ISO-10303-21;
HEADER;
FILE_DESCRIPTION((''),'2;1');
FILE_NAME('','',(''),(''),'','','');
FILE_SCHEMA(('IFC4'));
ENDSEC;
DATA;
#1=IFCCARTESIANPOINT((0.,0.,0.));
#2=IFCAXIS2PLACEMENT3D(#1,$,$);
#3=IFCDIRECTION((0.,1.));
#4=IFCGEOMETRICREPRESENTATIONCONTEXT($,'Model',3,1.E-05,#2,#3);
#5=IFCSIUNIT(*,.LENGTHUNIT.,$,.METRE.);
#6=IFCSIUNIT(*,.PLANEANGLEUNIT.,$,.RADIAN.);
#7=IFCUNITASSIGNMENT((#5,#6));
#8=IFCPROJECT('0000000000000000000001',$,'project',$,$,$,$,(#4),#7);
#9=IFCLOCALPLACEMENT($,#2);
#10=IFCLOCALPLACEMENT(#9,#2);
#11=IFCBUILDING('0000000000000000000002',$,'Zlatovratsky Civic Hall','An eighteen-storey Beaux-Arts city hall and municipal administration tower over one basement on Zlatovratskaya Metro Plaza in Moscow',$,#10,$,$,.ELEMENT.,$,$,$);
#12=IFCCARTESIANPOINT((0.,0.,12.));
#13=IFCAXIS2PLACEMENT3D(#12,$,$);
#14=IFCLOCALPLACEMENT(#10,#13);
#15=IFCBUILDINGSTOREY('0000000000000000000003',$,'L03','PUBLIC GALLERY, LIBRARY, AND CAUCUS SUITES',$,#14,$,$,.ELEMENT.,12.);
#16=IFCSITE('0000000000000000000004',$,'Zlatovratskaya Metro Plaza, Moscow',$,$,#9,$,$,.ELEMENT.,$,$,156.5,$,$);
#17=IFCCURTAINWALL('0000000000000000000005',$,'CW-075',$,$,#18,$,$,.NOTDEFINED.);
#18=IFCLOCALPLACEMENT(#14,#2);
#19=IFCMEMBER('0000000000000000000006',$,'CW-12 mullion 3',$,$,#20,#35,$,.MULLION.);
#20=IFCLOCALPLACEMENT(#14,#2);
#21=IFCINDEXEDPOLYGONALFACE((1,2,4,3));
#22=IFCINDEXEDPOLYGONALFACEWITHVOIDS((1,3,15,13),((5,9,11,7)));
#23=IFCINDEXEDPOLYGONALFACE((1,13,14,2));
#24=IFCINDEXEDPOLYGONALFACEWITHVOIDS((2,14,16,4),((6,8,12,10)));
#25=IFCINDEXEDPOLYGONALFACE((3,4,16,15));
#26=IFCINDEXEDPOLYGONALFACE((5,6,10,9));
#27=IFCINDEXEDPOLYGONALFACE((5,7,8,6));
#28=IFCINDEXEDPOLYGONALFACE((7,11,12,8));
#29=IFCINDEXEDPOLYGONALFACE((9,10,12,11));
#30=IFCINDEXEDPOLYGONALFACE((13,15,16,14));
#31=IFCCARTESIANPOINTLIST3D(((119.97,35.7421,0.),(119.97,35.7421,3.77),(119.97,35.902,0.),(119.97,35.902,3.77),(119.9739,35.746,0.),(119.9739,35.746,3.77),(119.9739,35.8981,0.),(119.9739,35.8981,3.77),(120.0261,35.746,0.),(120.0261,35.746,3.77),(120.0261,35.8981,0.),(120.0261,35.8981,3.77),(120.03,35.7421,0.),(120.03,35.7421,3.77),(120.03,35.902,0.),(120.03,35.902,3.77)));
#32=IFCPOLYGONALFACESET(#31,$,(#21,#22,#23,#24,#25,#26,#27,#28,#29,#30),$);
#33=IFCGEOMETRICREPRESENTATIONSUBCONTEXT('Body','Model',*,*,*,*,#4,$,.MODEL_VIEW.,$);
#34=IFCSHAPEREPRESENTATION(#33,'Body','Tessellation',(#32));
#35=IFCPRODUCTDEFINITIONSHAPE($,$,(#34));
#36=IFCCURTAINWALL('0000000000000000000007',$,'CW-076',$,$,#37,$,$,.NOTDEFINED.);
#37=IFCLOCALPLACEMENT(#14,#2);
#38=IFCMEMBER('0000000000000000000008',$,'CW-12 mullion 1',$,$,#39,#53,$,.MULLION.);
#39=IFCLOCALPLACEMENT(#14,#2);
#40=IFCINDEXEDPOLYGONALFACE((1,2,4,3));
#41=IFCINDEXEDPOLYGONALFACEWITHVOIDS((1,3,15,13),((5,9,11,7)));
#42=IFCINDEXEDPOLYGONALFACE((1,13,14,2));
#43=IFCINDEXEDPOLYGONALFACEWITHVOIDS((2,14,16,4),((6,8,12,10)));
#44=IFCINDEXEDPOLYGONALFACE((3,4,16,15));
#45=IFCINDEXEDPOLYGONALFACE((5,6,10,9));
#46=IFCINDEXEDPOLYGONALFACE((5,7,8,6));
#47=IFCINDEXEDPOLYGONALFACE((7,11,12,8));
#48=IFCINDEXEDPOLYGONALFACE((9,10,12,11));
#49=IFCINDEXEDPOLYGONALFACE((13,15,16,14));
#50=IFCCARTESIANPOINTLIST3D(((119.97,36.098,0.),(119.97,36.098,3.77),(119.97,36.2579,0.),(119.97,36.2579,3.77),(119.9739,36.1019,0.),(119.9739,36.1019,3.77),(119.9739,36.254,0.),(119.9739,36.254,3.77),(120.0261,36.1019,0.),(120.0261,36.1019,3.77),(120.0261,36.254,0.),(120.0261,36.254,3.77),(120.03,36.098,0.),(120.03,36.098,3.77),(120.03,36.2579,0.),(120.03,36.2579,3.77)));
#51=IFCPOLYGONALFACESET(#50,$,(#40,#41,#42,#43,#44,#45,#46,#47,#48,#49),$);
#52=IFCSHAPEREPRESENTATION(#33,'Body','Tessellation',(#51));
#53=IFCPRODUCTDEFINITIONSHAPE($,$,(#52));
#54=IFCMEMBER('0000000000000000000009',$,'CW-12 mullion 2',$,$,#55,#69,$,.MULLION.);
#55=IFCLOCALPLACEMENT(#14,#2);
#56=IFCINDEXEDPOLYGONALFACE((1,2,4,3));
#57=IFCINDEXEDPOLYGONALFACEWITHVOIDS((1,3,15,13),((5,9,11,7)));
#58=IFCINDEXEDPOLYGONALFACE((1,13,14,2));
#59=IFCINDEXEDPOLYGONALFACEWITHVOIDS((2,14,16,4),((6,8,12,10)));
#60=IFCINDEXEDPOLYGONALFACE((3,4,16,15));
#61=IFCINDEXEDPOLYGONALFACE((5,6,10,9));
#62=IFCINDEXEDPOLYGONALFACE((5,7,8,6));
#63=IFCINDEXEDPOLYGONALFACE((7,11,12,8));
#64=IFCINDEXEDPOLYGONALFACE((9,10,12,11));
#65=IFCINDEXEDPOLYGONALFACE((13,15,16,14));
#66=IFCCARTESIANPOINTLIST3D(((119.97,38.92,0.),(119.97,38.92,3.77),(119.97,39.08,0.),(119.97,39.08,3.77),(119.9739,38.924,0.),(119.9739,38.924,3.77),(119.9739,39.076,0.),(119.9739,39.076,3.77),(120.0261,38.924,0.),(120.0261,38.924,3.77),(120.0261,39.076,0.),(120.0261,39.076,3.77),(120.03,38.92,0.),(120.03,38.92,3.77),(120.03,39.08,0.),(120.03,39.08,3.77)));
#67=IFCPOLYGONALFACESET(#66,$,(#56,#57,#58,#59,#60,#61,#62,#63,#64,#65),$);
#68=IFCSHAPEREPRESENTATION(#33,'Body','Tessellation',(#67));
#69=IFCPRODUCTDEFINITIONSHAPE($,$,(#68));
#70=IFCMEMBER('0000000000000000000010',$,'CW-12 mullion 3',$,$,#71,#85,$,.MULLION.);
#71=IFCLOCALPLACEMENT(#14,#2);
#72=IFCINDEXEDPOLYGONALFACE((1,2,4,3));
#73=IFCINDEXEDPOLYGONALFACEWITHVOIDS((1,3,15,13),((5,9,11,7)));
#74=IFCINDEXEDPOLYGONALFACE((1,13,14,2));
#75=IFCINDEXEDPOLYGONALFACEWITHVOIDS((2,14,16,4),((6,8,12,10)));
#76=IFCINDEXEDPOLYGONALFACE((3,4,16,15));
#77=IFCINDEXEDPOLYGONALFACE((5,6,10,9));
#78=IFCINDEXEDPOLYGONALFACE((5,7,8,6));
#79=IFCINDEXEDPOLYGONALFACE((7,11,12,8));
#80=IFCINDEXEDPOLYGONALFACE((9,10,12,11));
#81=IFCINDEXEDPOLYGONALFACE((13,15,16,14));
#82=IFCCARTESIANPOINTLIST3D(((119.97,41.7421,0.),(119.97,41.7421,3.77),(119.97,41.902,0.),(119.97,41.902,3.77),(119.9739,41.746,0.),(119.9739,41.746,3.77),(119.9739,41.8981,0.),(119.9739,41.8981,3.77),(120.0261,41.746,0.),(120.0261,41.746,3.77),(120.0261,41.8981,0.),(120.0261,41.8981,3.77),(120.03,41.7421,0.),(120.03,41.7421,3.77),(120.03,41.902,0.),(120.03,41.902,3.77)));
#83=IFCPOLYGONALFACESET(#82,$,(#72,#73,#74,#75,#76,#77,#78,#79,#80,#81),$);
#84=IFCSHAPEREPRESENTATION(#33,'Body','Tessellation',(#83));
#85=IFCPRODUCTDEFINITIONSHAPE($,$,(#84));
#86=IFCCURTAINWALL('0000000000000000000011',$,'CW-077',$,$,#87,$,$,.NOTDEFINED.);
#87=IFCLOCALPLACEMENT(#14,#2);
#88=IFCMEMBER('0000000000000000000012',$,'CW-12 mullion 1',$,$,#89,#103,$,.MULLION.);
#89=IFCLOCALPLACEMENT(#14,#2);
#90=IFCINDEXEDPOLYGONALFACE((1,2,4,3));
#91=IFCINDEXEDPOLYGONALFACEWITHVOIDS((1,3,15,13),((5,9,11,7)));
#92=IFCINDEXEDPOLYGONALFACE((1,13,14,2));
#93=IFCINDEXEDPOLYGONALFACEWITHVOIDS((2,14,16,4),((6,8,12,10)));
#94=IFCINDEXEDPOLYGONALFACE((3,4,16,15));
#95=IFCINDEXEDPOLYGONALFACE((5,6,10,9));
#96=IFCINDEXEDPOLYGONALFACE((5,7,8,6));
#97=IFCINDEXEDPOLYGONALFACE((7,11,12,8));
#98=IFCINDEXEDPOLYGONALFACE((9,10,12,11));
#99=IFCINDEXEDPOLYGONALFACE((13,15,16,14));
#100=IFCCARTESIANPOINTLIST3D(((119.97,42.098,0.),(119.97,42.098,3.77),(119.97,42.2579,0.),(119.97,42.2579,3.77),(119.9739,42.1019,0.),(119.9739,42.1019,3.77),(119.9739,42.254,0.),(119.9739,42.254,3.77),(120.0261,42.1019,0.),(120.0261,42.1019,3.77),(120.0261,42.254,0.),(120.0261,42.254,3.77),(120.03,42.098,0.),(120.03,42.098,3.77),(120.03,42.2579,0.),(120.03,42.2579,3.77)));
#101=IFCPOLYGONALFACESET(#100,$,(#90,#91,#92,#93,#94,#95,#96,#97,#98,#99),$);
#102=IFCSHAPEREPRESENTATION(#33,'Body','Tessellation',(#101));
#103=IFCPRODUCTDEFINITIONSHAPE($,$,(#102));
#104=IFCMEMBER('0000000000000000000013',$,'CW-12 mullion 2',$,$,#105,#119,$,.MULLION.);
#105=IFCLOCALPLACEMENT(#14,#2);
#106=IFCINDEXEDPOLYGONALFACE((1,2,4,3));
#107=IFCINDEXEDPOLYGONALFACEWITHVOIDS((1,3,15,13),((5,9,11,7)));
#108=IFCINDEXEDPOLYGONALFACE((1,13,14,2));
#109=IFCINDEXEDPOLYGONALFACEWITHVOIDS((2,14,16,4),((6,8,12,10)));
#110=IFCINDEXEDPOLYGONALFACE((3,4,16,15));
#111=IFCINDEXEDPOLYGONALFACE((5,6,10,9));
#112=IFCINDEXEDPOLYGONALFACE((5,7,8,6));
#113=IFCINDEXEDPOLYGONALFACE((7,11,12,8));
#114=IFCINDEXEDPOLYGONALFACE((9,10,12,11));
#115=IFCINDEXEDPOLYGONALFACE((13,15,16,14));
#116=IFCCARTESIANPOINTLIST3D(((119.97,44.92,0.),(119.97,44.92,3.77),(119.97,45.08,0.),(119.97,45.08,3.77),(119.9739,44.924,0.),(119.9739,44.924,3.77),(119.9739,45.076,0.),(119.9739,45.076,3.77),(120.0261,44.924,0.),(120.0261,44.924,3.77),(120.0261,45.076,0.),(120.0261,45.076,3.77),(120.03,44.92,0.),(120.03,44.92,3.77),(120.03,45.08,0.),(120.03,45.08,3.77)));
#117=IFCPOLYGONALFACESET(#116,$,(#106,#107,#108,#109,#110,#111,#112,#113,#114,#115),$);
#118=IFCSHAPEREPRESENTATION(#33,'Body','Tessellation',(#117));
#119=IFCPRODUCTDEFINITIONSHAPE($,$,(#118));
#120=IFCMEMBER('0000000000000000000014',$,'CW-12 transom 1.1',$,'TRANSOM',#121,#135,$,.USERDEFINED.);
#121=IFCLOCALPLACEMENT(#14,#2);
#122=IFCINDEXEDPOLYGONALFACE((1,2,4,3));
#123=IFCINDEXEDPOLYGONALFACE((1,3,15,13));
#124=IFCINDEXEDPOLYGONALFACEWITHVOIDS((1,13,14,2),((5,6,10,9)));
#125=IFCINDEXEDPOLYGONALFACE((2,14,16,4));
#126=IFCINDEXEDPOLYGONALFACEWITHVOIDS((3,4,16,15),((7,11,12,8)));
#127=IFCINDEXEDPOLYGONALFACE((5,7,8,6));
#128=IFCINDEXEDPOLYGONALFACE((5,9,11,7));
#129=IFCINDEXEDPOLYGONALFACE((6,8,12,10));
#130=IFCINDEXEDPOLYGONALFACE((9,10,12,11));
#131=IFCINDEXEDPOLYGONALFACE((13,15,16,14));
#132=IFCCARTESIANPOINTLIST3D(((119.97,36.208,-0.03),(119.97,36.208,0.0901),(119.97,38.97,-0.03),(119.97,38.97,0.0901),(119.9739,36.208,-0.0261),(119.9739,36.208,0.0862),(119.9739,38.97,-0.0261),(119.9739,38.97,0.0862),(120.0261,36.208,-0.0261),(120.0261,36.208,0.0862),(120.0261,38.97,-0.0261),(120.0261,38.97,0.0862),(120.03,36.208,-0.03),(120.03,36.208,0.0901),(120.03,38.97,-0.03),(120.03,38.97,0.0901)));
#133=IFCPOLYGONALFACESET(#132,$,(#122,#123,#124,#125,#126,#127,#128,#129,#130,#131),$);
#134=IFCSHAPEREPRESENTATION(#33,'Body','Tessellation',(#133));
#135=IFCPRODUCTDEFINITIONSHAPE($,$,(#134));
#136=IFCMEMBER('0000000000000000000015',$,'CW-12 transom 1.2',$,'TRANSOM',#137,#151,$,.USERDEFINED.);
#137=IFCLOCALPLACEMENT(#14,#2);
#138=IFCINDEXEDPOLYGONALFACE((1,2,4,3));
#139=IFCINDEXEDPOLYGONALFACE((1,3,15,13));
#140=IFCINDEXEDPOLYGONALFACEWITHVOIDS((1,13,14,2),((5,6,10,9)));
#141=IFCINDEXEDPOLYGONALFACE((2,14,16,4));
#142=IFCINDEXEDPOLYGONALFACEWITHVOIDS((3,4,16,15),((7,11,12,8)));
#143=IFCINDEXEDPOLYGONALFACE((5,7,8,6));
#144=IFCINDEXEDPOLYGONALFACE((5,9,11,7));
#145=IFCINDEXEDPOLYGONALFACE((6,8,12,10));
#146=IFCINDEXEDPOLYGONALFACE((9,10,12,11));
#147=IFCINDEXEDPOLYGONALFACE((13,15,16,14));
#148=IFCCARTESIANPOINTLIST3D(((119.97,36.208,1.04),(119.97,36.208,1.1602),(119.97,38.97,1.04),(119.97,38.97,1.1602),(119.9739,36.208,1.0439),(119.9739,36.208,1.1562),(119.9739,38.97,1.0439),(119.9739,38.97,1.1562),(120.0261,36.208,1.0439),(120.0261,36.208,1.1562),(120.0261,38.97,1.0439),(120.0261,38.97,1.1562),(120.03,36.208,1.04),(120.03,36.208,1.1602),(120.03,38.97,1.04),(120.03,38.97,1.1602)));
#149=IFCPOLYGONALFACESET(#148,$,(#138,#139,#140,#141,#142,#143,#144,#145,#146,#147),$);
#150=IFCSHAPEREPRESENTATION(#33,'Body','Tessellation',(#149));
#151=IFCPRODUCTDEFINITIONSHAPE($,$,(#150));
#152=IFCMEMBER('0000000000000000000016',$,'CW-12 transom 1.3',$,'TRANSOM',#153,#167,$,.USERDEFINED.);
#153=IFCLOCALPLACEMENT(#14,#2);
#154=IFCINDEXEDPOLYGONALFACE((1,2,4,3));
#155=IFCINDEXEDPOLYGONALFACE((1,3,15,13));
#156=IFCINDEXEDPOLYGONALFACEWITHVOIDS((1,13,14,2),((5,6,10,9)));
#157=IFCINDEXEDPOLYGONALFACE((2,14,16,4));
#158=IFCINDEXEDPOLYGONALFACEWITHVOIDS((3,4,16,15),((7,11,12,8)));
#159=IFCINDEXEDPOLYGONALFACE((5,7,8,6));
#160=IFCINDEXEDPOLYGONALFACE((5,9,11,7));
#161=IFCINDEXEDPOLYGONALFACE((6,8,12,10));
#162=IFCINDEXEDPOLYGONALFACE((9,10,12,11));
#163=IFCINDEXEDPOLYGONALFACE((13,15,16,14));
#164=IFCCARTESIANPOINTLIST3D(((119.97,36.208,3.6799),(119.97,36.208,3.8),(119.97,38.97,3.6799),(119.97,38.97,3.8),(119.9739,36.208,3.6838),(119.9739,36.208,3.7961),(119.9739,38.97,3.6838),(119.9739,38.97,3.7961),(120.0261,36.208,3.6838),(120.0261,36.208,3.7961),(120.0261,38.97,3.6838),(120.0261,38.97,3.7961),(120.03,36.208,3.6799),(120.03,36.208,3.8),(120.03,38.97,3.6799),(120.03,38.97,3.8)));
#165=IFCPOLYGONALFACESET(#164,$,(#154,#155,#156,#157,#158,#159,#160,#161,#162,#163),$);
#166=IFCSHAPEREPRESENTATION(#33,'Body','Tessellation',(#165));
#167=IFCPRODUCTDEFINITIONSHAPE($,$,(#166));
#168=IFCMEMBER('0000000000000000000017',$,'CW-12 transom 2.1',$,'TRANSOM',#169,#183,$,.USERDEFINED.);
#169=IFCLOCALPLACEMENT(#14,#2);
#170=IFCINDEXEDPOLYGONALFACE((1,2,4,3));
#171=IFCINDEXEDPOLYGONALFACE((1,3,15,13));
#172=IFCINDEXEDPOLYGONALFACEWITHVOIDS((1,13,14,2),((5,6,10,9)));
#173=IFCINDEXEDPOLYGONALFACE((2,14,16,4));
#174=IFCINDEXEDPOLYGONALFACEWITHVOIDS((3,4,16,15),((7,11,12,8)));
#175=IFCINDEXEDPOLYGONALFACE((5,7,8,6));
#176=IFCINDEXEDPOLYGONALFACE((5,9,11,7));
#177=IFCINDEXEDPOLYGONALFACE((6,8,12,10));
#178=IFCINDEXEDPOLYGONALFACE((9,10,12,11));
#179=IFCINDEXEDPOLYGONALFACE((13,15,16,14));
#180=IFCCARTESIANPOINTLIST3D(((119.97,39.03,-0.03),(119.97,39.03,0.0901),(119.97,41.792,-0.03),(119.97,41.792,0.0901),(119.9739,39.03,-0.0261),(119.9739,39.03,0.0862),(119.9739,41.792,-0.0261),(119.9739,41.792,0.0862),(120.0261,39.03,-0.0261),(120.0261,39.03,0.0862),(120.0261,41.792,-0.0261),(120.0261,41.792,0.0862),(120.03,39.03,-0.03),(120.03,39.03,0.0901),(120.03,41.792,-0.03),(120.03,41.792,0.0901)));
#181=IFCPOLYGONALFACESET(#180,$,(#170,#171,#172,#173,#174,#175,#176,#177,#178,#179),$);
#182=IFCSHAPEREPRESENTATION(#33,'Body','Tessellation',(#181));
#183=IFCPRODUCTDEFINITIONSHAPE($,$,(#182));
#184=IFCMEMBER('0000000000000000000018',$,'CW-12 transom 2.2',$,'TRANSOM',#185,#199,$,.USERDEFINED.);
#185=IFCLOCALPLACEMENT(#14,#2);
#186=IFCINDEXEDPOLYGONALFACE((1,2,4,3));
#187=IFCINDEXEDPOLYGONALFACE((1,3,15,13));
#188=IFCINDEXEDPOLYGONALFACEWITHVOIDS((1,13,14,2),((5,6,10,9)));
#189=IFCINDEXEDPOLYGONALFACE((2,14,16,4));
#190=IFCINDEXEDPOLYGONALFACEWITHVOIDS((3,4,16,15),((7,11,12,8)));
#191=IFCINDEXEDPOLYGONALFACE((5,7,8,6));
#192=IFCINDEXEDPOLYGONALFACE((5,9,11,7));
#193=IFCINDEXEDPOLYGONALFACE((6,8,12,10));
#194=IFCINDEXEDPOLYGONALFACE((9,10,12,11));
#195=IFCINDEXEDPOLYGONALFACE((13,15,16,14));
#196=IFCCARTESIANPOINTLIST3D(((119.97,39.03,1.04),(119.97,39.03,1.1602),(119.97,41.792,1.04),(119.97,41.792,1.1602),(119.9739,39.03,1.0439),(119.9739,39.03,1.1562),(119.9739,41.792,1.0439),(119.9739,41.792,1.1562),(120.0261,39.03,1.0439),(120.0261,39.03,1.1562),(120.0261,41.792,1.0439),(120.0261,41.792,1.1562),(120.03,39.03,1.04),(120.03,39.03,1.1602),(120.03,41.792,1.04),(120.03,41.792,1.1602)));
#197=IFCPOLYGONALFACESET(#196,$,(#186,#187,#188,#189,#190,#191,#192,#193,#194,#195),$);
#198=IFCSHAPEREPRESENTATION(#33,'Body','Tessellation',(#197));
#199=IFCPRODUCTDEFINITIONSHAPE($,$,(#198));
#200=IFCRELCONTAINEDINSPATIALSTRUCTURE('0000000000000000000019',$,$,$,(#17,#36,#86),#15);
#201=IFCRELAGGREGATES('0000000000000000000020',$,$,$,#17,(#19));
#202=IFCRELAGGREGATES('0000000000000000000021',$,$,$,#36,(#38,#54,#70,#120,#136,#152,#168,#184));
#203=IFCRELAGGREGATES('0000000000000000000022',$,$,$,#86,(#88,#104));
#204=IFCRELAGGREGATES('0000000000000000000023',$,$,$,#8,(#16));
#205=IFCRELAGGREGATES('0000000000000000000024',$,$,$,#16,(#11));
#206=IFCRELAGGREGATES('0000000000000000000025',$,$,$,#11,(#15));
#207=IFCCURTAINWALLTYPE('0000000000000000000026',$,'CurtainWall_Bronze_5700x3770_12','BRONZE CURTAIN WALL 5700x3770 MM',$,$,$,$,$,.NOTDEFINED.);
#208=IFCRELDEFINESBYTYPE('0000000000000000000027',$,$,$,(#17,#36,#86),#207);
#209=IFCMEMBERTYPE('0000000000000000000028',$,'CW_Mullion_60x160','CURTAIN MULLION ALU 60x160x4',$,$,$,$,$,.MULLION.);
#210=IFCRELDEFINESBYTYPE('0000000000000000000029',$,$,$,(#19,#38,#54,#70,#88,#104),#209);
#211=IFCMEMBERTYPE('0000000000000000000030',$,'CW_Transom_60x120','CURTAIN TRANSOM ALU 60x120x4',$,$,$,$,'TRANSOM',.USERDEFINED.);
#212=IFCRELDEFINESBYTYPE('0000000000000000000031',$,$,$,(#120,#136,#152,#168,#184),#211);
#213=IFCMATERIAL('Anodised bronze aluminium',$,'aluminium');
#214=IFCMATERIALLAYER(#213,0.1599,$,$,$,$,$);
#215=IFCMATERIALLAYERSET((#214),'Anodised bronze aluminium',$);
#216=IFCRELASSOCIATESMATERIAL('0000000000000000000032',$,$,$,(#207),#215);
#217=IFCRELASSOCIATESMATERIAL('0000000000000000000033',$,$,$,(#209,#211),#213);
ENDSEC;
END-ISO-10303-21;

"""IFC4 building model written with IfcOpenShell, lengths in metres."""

from ifc_helpers import new_model, si_unit, direction, frame, origin, origin_2d, place, context, subcontext, project, spatial, hollow_rectangle, extrude, material, layer, layer_set, material_profile, profile_set, type_object, element, aggregate, save


model = new_model("IFC4")

# Units and contexts
model_context = context("Model", 3, precision=1e-05, world=origin(), true_north=direction((0.0, 1.0)))
body_context = subcontext(model_context, "Body", "Model", "MODEL_VIEW")
ifc_project = project(units=[si_unit("LENGTHUNIT", "METRE"), si_unit("PLANEANGLEUNIT", "RADIAN")], contexts=[model_context])

# Site, building, storey
site_placement = place(None, origin())
site = spatial("IfcSite", under=ifc_project, at=site_placement, Name="Zlatovratskaya Metro Plaza, Moscow", CompositionType="ELEMENT", RefElevation=156.5)
building_placement = place(site_placement, origin())
building = spatial("IfcBuilding", under=site, at=building_placement, Name="Zlatovratsky Civic Hall", Description="An eighteen-storey Beaux-Arts city hall and municipal administration tower over one basement on Zlatovratskaya Metro Plaza in Moscow", CompositionType="ELEMENT")
storey_placement = place(building_placement, frame((0.0, 0.0, 12.0)))
storey = spatial("IfcBuildingStorey", under=building, at=storey_placement, Name="L03", Description="PUBLIC GALLERY, LIBRARY, AND CAUCUS SUITES", CompositionType="ELEMENT", Elevation=12.0)

# Curtain wall, member
ifc_material_1 = material(Name="Anodised bronze aluminium", Category="aluminium")
ifc_layer_1 = layer(ifc_material_1, 0.1599)
ifc_layer_set_1 = layer_set([ifc_layer_1], Name="Anodised bronze aluminium")
curtain_wall_type = type_object("IfcCurtainWallType", Name="CurtainWall_Bronze_5700x3770_12", Description="BRONZE CURTAIN WALL 5700x3770 MM", PredefinedType="NOTDEFINED", material=ifc_layer_set_1)
curtain_wall_1_placement = place(storey_placement, origin())
curtain_wall_1 = element("IfcCurtainWall", 1, at=curtain_wall_1_placement, inside=storey, type_object=curtain_wall_type, Name="CW-075", PredefinedType="NOTDEFINED")
ifc_material_profile_1 = material_profile(ifc_material_1, hollow_rectangle(XDim=0.0601, YDim=0.1599, WallThickness=0.0039, at=origin_2d()), Name="ALU 60x160x4")
ifc_profile_set_1 = profile_set([ifc_material_profile_1], Name="Anodised bronze aluminium")
member_type_1 = type_object("IfcMemberType", Name="CW_Mullion_60x160", Description="CURTAIN MULLION ALU 60x160x4", PredefinedType="MULLION", material=ifc_profile_set_1)
member_1_placement = place(storey_placement, frame((120.0, 35.822, 0.0), z_axis=(0.0, 0.0, 1.0), x_axis=(-1.0, 0.0, 0.0)))
member_1 = element("IfcMember", 2, at=member_1_placement, type_object=member_type_1, Name="CW-12 mullion 3", PredefinedType="MULLION", context=body_context, shape_type="SweptSolid", body=[
    extrude(hollow_rectangle(XDim=0.0601, YDim=0.1599, WallThickness=0.0039, at=origin_2d()), origin(), (0.0, 0.0, 1.0), 3.77),
])

# Curtain walls, members
curtain_wall_2_placement = place(storey_placement, origin())
curtain_wall_2 = element("IfcCurtainWall", 3, at=curtain_wall_2_placement, inside=storey, type_object=curtain_wall_type, Name="CW-076", PredefinedType="NOTDEFINED")
member_2_placement = place(storey_placement, frame((120.0, 36.178, 0.0), z_axis=(0.0, 0.0, 1.0), x_axis=(-1.0, 0.0, 0.0)))
member_2 = element("IfcMember", 4, at=member_2_placement, type_object=member_type_1, Name="CW-12 mullion 1", PredefinedType="MULLION", context=body_context, shape_type="SweptSolid", body=[
    extrude(hollow_rectangle(XDim=0.0601, YDim=0.1599, WallThickness=0.0039, at=origin_2d()), origin(), (0.0, 0.0, 1.0), 3.77),
])
member_3_placement = place(storey_placement, frame((120.0, 39.0, 0.0), z_axis=(0.0, 0.0, 1.0), x_axis=(-1.0, 0.0, 0.0)))
member_3 = element("IfcMember", 5, at=member_3_placement, type_object=member_type_1, Name="CW-12 mullion 2", PredefinedType="MULLION", context=body_context, shape_type="SweptSolid", body=[
    extrude(hollow_rectangle(XDim=0.0601, YDim=0.1599, WallThickness=0.0039, at=origin_2d()), origin(), (0.0, 0.0, 1.0), 3.77),
])
member_4_placement = place(storey_placement, frame((120.0, 41.822, 0.0), z_axis=(0.0, 0.0, 1.0), x_axis=(-1.0, 0.0, 0.0)))
member_4 = element("IfcMember", 6, at=member_4_placement, type_object=member_type_1, Name="CW-12 mullion 3", PredefinedType="MULLION", context=body_context, shape_type="SweptSolid", body=[
    extrude(hollow_rectangle(XDim=0.0601, YDim=0.1599, WallThickness=0.0039, at=origin_2d()), origin(), (0.0, 0.0, 1.0), 3.77),
])
curtain_wall_3_placement = place(storey_placement, origin())
curtain_wall_3 = element("IfcCurtainWall", 7, at=curtain_wall_3_placement, inside=storey, type_object=curtain_wall_type, Name="CW-077", PredefinedType="NOTDEFINED")
member_5_placement = place(storey_placement, frame((120.0, 42.178, 0.0), z_axis=(0.0, 0.0, 1.0), x_axis=(-1.0, 0.0, 0.0)))
member_5 = element("IfcMember", 8, at=member_5_placement, type_object=member_type_1, Name="CW-12 mullion 1", PredefinedType="MULLION", context=body_context, shape_type="SweptSolid", body=[
    extrude(hollow_rectangle(XDim=0.0601, YDim=0.1599, WallThickness=0.0039, at=origin_2d()), origin(), (0.0, 0.0, 1.0), 3.77),
])
member_6_placement = place(storey_placement, frame((120.0, 45.0, 0.0), z_axis=(0.0, 0.0, 1.0), x_axis=(-1.0, 0.0, 0.0)))
member_6 = element("IfcMember", 9, at=member_6_placement, type_object=member_type_1, Name="CW-12 mullion 2", PredefinedType="MULLION", context=body_context, shape_type="SweptSolid", body=[
    extrude(hollow_rectangle(XDim=0.0601, YDim=0.1599, WallThickness=0.0039, at=origin_2d()), origin(), (0.0, 0.0, 1.0), 3.77),
])

# Members
ifc_material_profile_2 = material_profile(ifc_material_1, hollow_rectangle(XDim=0.0601, YDim=0.1201, WallThickness=0.0039, at=origin_2d()), Name="ALU 60x120x4")
ifc_profile_set_2 = profile_set([ifc_material_profile_2], Name="Anodised bronze aluminium")
member_type_2 = type_object("IfcMemberType", Name="CW_Transom_60x120", Description="CURTAIN TRANSOM ALU 60x120x4", ElementType="TRANSOM", PredefinedType="USERDEFINED", material=ifc_profile_set_2)
member_7_placement = place(storey_placement, frame((120.0, 36.208, 0.03), z_axis=(0.0, 1.0, 0.0), x_axis=(-1.0, 0.0, 0.0)))
member_7 = element("IfcMember", 10, at=member_7_placement, type_object=member_type_2, Name="CW-12 transom 1.1", ObjectType="TRANSOM", PredefinedType="USERDEFINED", context=body_context, shape_type="SweptSolid", body=[
    extrude(hollow_rectangle(XDim=0.0601, YDim=0.1201, WallThickness=0.0039, at=origin_2d()), origin(), (0.0, 0.0, 1.0), 2.762),
])
member_8_placement = place(storey_placement, frame((120.0, 36.208, 1.1001), z_axis=(0.0, 1.0, 0.0), x_axis=(-1.0, 0.0, 0.0)))
member_8 = element("IfcMember", 11, at=member_8_placement, type_object=member_type_2, Name="CW-12 transom 1.2", ObjectType="TRANSOM", PredefinedType="USERDEFINED", context=body_context, shape_type="SweptSolid", body=[
    extrude(hollow_rectangle(XDim=0.0601, YDim=0.1201, WallThickness=0.0039, at=origin_2d()), origin(), (0.0, 0.0, 1.0), 2.762),
])
member_9_placement = place(storey_placement, frame((120.0, 36.208, 3.74), z_axis=(0.0, 1.0, 0.0), x_axis=(-1.0, 0.0, 0.0)))
member_9 = element("IfcMember", 12, at=member_9_placement, type_object=member_type_2, Name="CW-12 transom 1.3", ObjectType="TRANSOM", PredefinedType="USERDEFINED", context=body_context, shape_type="SweptSolid", body=[
    extrude(hollow_rectangle(XDim=0.0601, YDim=0.1201, WallThickness=0.0039, at=origin_2d()), origin(), (0.0, 0.0, 1.0), 2.762),
])
member_10_placement = place(storey_placement, frame((120.0, 39.03, 0.03), z_axis=(0.0, 1.0, 0.0), x_axis=(-1.0, 0.0, 0.0)))
member_10 = element("IfcMember", 13, at=member_10_placement, type_object=member_type_2, Name="CW-12 transom 2.1", ObjectType="TRANSOM", PredefinedType="USERDEFINED", context=body_context, shape_type="SweptSolid", body=[
    extrude(hollow_rectangle(XDim=0.0601, YDim=0.1201, WallThickness=0.0039, at=origin_2d()), origin(), (0.0, 0.0, 1.0), 2.762),
])
member_11_placement = place(storey_placement, frame((120.0, 39.03, 1.1001), z_axis=(0.0, 1.0, 0.0), x_axis=(-1.0, 0.0, 0.0)))
member_11 = element("IfcMember", 14, at=member_11_placement, type_object=member_type_2, Name="CW-12 transom 2.2", ObjectType="TRANSOM", PredefinedType="USERDEFINED", context=body_context, shape_type="SweptSolid", body=[
    extrude(hollow_rectangle(XDim=0.0601, YDim=0.1201, WallThickness=0.0039, at=origin_2d()), origin(), (0.0, 0.0, 1.0), 2.762),
])

aggregate(curtain_wall_1, [member_1])
aggregate(curtain_wall_2, [member_2, member_3, member_4, member_7, member_8, member_9, member_10, member_11])
aggregate(curtain_wall_3, [member_5, member_6])

save(model, "model.ifc")
